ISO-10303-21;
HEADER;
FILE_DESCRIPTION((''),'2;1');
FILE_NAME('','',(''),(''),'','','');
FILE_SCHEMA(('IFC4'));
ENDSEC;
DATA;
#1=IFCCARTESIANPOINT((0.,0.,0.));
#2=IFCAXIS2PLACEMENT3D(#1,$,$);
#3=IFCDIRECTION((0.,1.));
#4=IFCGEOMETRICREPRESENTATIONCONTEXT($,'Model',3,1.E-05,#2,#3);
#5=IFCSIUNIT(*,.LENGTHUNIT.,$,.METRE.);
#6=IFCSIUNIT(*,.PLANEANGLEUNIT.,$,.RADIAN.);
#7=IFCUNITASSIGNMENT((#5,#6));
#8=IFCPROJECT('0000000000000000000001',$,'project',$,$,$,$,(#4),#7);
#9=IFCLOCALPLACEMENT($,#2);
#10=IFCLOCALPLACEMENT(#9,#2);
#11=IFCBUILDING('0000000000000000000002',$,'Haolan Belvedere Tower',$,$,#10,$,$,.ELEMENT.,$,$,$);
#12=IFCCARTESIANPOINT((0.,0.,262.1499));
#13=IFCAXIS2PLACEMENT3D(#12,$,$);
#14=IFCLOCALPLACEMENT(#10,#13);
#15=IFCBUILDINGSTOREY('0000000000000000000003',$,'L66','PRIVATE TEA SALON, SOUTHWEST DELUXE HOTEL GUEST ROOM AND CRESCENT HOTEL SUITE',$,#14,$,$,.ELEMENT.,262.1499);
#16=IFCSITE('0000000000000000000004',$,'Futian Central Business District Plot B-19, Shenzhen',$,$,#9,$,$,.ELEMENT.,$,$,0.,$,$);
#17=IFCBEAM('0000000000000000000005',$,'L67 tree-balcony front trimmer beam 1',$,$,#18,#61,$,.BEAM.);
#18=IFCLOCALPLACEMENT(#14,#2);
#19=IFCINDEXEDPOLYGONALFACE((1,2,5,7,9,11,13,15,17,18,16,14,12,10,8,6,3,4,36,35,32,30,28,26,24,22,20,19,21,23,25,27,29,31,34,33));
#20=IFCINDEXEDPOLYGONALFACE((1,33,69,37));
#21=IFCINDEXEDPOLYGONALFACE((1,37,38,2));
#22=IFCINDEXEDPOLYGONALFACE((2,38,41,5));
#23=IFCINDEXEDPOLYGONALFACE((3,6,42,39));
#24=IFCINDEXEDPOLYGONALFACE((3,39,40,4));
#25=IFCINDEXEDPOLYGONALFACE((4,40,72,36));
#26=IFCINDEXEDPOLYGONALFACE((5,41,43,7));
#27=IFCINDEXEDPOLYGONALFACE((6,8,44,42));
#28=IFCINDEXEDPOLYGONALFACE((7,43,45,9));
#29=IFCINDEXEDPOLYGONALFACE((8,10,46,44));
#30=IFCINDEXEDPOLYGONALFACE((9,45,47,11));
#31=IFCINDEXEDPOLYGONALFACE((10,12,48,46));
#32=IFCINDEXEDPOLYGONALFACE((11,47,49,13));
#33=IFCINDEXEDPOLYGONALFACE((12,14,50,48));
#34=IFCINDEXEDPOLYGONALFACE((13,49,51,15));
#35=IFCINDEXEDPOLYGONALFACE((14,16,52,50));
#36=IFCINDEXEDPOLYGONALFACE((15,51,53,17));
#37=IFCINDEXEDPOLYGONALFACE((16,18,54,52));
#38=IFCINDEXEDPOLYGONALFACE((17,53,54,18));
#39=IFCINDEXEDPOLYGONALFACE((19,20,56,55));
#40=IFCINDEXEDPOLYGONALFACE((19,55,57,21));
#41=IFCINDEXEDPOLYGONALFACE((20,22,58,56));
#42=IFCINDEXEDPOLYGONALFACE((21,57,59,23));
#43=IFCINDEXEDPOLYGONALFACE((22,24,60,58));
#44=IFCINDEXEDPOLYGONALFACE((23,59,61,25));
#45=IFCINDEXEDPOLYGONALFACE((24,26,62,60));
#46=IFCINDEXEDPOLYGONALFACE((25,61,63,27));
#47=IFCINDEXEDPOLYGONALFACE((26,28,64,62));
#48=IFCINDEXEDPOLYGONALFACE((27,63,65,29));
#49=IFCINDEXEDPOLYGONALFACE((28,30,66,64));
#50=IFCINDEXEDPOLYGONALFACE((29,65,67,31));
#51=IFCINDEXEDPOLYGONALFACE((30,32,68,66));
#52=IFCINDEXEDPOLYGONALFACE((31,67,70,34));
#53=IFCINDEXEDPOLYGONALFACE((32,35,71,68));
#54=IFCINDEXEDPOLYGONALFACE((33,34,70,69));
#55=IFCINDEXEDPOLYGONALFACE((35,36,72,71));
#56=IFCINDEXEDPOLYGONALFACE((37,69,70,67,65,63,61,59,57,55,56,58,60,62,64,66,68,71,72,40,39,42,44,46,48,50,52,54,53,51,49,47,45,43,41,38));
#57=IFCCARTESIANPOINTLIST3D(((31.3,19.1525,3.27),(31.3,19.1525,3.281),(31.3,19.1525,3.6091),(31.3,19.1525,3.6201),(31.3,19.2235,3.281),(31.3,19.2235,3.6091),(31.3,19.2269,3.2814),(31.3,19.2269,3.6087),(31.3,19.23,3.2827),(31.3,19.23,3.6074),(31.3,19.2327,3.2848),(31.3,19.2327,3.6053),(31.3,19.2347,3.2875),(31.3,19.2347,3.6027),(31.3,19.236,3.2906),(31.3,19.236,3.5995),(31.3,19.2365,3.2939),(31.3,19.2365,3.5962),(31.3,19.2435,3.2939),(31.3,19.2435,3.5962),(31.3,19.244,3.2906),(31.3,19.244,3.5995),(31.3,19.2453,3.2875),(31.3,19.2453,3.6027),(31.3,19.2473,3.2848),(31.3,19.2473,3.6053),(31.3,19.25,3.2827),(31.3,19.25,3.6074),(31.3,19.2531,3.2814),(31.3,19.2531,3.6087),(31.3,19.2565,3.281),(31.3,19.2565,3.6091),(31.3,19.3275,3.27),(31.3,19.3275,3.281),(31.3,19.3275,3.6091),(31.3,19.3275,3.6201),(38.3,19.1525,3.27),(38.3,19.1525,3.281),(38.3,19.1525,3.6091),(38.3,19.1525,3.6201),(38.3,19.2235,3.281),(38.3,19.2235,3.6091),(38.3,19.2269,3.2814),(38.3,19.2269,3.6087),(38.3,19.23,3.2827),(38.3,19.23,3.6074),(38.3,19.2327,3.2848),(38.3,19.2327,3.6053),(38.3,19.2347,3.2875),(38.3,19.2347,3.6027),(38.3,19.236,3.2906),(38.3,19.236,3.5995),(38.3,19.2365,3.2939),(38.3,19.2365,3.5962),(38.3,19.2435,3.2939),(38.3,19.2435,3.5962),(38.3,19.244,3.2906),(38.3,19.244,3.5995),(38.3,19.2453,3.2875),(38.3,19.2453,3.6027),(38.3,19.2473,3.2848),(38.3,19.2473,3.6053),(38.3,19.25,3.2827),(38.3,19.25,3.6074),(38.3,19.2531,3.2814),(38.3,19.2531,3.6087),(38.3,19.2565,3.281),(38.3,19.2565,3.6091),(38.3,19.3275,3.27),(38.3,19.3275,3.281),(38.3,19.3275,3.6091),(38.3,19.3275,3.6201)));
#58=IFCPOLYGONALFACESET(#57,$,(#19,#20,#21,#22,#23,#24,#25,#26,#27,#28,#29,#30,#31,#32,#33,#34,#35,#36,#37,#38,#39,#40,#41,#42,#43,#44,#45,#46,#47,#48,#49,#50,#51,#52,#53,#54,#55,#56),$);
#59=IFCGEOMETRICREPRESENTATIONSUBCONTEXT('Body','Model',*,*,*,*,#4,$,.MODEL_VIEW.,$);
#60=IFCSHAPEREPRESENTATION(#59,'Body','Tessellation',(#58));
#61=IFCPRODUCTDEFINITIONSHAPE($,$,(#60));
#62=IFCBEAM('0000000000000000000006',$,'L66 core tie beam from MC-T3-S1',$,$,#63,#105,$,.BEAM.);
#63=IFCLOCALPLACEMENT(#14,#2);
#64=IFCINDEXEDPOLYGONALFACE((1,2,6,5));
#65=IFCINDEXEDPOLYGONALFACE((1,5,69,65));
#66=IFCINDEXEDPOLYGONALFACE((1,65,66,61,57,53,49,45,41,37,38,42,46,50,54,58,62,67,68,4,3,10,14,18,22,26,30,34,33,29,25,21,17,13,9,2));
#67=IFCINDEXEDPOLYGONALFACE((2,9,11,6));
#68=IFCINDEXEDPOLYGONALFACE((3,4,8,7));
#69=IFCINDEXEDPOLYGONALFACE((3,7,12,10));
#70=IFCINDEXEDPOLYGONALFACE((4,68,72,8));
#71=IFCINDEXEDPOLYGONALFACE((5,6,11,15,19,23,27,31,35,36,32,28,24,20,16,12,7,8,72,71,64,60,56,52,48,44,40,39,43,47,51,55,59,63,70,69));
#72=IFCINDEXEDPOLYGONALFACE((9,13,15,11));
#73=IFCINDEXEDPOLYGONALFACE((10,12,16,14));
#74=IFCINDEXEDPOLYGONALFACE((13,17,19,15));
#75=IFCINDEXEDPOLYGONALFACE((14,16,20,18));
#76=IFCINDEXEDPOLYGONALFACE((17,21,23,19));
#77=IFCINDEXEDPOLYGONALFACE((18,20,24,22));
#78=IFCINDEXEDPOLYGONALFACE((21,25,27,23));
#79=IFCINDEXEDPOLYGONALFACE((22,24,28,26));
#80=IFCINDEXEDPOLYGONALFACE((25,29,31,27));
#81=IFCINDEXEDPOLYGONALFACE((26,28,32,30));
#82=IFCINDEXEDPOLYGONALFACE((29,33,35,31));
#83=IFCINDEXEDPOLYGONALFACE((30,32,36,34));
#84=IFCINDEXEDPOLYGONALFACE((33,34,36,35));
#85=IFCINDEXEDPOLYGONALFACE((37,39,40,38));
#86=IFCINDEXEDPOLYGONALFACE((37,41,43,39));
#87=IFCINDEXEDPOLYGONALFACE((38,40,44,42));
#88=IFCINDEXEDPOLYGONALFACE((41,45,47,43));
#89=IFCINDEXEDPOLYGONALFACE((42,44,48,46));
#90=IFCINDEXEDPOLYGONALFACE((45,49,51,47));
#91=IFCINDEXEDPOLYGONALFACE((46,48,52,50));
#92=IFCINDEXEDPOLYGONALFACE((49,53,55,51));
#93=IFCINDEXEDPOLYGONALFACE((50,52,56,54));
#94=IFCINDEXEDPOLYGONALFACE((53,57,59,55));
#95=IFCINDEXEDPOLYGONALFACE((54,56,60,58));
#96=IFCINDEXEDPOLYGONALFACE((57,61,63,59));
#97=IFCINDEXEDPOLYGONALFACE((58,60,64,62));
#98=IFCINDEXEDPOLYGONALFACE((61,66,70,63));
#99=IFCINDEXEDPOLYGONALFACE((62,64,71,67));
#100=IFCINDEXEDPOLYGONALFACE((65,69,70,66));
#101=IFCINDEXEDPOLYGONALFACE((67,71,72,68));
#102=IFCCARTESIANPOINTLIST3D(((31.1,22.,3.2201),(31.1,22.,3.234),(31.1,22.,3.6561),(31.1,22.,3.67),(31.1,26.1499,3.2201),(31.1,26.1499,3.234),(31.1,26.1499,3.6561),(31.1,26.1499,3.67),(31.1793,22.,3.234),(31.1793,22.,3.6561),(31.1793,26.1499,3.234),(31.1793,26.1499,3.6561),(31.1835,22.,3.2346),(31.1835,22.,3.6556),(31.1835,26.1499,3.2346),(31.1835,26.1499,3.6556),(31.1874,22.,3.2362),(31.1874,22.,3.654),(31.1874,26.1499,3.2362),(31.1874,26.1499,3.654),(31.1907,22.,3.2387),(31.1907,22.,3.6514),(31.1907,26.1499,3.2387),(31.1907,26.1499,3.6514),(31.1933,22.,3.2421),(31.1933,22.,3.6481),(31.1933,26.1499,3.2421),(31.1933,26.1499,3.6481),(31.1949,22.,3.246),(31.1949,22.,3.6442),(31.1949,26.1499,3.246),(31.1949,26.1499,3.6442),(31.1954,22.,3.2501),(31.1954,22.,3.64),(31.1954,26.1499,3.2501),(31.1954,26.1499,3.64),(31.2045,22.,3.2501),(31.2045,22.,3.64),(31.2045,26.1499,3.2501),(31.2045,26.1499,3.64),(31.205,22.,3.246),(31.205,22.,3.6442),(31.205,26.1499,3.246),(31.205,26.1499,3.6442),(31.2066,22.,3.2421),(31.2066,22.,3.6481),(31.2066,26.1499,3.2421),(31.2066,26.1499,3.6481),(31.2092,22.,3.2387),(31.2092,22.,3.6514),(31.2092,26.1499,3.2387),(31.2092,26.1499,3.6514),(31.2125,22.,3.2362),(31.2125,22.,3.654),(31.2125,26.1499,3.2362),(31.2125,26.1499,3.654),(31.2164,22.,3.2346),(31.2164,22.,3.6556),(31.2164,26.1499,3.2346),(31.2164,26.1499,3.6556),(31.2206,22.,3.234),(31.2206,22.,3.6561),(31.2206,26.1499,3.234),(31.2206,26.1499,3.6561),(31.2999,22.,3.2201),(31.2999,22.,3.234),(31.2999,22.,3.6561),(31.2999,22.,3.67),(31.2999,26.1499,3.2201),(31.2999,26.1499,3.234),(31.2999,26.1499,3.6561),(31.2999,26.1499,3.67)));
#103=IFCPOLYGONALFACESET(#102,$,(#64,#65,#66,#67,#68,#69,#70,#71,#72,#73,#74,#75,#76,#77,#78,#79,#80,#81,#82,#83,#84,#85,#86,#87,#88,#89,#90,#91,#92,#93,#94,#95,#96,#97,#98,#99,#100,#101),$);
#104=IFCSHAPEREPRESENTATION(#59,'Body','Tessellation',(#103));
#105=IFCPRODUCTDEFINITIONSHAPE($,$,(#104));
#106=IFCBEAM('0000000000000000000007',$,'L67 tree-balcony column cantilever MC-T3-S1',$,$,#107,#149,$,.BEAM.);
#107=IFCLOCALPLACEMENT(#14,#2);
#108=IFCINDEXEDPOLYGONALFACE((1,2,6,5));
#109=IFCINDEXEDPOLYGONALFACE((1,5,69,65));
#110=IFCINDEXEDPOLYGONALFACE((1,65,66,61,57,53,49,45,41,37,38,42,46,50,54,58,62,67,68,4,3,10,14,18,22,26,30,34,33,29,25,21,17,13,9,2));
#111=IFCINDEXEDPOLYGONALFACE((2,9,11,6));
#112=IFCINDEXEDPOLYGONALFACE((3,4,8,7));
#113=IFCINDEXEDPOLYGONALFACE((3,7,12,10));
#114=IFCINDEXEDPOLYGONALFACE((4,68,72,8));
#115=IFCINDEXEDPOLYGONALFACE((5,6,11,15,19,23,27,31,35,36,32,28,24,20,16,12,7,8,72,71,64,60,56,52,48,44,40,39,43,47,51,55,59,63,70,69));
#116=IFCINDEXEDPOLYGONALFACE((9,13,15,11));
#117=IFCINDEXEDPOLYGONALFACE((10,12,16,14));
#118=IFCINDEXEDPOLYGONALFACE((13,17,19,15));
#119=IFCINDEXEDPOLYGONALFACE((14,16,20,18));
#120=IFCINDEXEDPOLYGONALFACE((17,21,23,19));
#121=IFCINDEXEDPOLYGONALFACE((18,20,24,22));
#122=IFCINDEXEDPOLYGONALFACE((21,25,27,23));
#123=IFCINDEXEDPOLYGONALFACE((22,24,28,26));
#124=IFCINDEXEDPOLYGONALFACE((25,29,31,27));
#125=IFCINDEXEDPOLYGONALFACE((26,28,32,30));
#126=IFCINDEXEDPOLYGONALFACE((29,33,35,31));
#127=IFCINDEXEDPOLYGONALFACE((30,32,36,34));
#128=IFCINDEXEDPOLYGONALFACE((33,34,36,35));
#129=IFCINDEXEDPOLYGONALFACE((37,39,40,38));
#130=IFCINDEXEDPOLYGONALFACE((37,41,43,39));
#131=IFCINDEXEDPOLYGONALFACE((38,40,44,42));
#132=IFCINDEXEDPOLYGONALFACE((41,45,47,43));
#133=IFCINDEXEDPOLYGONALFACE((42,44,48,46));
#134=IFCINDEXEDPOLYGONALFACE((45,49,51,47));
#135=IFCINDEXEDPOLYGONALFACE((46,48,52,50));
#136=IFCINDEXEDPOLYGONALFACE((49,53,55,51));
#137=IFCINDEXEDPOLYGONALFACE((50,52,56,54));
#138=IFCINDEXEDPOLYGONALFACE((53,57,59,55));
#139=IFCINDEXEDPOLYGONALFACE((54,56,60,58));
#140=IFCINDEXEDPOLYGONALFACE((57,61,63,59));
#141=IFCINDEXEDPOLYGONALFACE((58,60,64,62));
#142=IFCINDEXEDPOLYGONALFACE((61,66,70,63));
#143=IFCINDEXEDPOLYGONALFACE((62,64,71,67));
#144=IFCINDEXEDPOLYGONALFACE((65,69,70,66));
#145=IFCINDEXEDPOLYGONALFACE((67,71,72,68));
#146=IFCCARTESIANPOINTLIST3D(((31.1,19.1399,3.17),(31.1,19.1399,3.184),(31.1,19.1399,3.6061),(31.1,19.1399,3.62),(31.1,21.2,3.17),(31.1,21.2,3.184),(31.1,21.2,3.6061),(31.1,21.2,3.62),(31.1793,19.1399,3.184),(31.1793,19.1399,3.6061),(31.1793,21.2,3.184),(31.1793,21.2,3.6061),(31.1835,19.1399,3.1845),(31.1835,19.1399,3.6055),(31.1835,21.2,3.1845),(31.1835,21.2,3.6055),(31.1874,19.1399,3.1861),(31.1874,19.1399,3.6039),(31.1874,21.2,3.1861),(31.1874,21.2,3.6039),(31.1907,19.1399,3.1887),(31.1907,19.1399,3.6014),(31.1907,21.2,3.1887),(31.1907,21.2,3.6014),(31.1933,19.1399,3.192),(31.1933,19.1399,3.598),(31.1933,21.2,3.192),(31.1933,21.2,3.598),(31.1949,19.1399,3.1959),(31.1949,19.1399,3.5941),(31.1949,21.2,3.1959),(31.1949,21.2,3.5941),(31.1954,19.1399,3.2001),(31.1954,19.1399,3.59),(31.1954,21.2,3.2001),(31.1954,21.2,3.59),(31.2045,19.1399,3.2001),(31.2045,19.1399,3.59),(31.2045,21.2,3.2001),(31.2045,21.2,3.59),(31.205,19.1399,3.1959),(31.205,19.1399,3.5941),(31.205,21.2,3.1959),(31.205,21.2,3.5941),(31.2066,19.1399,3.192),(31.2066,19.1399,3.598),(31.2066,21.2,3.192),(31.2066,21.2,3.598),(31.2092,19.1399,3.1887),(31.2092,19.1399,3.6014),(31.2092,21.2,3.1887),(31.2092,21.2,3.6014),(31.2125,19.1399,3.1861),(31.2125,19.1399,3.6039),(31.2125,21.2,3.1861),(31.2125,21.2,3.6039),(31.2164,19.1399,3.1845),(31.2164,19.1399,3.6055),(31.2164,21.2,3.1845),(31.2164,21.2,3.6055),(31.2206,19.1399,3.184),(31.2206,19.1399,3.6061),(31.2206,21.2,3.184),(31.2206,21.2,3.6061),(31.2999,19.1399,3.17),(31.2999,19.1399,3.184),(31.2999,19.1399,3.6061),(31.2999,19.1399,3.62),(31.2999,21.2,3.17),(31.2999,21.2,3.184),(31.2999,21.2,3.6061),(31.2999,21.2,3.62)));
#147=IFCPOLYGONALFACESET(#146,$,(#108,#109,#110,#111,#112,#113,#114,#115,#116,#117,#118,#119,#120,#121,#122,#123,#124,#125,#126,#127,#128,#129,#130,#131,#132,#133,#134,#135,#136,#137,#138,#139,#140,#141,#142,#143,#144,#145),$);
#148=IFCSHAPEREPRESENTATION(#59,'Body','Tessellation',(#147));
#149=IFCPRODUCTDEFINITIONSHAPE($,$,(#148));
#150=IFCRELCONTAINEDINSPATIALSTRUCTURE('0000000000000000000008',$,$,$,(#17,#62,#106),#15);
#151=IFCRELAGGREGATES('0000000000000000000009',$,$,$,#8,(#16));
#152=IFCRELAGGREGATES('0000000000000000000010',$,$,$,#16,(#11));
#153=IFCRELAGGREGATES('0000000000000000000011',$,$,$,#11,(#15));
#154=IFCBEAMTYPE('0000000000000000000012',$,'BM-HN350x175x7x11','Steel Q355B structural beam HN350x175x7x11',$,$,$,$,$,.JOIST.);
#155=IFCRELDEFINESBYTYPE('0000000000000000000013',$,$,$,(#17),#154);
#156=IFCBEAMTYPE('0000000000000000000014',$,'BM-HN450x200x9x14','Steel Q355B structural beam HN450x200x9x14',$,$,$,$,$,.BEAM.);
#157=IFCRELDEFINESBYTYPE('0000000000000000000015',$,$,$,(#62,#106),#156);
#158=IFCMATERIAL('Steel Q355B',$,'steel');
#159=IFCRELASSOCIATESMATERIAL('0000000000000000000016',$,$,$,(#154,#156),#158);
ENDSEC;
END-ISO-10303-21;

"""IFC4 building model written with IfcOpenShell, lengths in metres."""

from ifc_helpers import new_model, si_unit, direction, frame, origin, origin_2d, place, context, subcontext, project, spatial, i_section, extrude, material, material_profile, profile_set, type_object, element, save


model = new_model("IFC4")

# Units and contexts
model_context = context("Model", 3, precision=1e-05, world=origin(), true_north=direction((0.0, 1.0)))
body_context = subcontext(model_context, "Body", "Model", "MODEL_VIEW")
ifc_project = project(units=[si_unit("LENGTHUNIT", "METRE"), si_unit("PLANEANGLEUNIT", "RADIAN")], contexts=[model_context])

# Site, building, storey
site_placement = place(None, origin())
site = spatial("IfcSite", under=ifc_project, at=site_placement, Name="Futian Central Business District Plot B-19, Shenzhen", CompositionType="ELEMENT", RefElevation=0.0)
building_placement = place(site_placement, origin())
building = spatial("IfcBuilding", under=site, at=building_placement, Name="Haolan Belvedere Tower", CompositionType="ELEMENT")
storey_placement = place(building_placement, frame((0.0, 0.0, 262.1499)))
storey = spatial("IfcBuildingStorey", under=building, at=storey_placement, Name="L66", Description="PRIVATE TEA SALON, SOUTHWEST DELUXE HOTEL GUEST ROOM AND CRESCENT HOTEL SUITE", CompositionType="ELEMENT", Elevation=262.1499)

# Beams
ifc_material_1 = material(Name="Steel Q355B", Category="steel")
ifc_material_profile_1 = material_profile(ifc_material_1, i_section(OverallWidth=0.175, OverallDepth=0.3501, WebThickness=0.0071, FlangeThickness=0.011, FilletRadius=0.0129, at=origin_2d()), Name="Steel Q355B")
ifc_profile_set_1 = profile_set([ifc_material_profile_1], Name="Steel Q355B")
beam_type_1 = type_object("IfcBeamType", Name="BM-HN350x175x7x11", Description="Steel Q355B structural beam HN350x175x7x11", PredefinedType="JOIST", material=ifc_profile_set_1)
beam_1_placement = place(storey_placement, frame((31.3, 19.24, 3.4451), z_axis=(1.0, 0.0, 0.0), x_axis=(0.0, 1.0, 0.0)))
element("IfcBeam", 1, at=beam_1_placement, inside=storey, type_object=beam_type_1, Name="L67 tree-balcony front trimmer beam 1", PredefinedType="BEAM", context=body_context, shape_type="SweptSolid", body=[
    extrude(i_section(OverallWidth=0.175, OverallDepth=0.3501, WebThickness=0.0071, FlangeThickness=0.011, FilletRadius=0.0129, at=origin_2d()), origin(), (0.0, 0.0, 1.0), 7.0),
])
ifc_material_profile_2 = material_profile(ifc_material_1, i_section(OverallWidth=0.2, OverallDepth=0.45, WebThickness=0.009, FlangeThickness=0.0139, FilletRadius=0.0161, at=origin_2d()), Name="Steel Q355B")
ifc_profile_set_2 = profile_set([ifc_material_profile_2], Name="Steel Q355B")
beam_type_2 = type_object("IfcBeamType", Name="BM-HN450x200x9x14", Description="Steel Q355B structural beam HN450x200x9x14", PredefinedType="BEAM", material=ifc_profile_set_2)
beam_2_placement = place(storey_placement, frame((31.2, 22.0, 3.4451), z_axis=(0.0, 1.0, 0.0), x_axis=(-1.0, 0.0, 0.0)))
element("IfcBeam", 2, at=beam_2_placement, inside=storey, type_object=beam_type_2, Name="L66 core tie beam from MC-T3-S1", PredefinedType="BEAM", context=body_context, shape_type="SweptSolid", body=[
    extrude(i_section(OverallWidth=0.2, OverallDepth=0.45, WebThickness=0.009, FlangeThickness=0.0139, FilletRadius=0.0161, at=origin_2d()), origin(), (0.0, 0.0, 1.0), 4.1499),
])
beam_3_placement = place(storey_placement, frame((31.2, 21.2, 3.395), z_axis=(0.0, -1.0, 0.0), x_axis=(1.0, 0.0, 0.0)))
element("IfcBeam", 3, at=beam_3_placement, inside=storey, type_object=beam_type_2, Name="L67 tree-balcony column cantilever MC-T3-S1", PredefinedType="BEAM", context=body_context, shape_type="SweptSolid", body=[
    extrude(i_section(OverallWidth=0.2, OverallDepth=0.45, WebThickness=0.009, FlangeThickness=0.0139, FilletRadius=0.0161, at=origin_2d()), origin(), (0.0, 0.0, 1.0), 2.0601),
])

save(model, "model.ifc")
